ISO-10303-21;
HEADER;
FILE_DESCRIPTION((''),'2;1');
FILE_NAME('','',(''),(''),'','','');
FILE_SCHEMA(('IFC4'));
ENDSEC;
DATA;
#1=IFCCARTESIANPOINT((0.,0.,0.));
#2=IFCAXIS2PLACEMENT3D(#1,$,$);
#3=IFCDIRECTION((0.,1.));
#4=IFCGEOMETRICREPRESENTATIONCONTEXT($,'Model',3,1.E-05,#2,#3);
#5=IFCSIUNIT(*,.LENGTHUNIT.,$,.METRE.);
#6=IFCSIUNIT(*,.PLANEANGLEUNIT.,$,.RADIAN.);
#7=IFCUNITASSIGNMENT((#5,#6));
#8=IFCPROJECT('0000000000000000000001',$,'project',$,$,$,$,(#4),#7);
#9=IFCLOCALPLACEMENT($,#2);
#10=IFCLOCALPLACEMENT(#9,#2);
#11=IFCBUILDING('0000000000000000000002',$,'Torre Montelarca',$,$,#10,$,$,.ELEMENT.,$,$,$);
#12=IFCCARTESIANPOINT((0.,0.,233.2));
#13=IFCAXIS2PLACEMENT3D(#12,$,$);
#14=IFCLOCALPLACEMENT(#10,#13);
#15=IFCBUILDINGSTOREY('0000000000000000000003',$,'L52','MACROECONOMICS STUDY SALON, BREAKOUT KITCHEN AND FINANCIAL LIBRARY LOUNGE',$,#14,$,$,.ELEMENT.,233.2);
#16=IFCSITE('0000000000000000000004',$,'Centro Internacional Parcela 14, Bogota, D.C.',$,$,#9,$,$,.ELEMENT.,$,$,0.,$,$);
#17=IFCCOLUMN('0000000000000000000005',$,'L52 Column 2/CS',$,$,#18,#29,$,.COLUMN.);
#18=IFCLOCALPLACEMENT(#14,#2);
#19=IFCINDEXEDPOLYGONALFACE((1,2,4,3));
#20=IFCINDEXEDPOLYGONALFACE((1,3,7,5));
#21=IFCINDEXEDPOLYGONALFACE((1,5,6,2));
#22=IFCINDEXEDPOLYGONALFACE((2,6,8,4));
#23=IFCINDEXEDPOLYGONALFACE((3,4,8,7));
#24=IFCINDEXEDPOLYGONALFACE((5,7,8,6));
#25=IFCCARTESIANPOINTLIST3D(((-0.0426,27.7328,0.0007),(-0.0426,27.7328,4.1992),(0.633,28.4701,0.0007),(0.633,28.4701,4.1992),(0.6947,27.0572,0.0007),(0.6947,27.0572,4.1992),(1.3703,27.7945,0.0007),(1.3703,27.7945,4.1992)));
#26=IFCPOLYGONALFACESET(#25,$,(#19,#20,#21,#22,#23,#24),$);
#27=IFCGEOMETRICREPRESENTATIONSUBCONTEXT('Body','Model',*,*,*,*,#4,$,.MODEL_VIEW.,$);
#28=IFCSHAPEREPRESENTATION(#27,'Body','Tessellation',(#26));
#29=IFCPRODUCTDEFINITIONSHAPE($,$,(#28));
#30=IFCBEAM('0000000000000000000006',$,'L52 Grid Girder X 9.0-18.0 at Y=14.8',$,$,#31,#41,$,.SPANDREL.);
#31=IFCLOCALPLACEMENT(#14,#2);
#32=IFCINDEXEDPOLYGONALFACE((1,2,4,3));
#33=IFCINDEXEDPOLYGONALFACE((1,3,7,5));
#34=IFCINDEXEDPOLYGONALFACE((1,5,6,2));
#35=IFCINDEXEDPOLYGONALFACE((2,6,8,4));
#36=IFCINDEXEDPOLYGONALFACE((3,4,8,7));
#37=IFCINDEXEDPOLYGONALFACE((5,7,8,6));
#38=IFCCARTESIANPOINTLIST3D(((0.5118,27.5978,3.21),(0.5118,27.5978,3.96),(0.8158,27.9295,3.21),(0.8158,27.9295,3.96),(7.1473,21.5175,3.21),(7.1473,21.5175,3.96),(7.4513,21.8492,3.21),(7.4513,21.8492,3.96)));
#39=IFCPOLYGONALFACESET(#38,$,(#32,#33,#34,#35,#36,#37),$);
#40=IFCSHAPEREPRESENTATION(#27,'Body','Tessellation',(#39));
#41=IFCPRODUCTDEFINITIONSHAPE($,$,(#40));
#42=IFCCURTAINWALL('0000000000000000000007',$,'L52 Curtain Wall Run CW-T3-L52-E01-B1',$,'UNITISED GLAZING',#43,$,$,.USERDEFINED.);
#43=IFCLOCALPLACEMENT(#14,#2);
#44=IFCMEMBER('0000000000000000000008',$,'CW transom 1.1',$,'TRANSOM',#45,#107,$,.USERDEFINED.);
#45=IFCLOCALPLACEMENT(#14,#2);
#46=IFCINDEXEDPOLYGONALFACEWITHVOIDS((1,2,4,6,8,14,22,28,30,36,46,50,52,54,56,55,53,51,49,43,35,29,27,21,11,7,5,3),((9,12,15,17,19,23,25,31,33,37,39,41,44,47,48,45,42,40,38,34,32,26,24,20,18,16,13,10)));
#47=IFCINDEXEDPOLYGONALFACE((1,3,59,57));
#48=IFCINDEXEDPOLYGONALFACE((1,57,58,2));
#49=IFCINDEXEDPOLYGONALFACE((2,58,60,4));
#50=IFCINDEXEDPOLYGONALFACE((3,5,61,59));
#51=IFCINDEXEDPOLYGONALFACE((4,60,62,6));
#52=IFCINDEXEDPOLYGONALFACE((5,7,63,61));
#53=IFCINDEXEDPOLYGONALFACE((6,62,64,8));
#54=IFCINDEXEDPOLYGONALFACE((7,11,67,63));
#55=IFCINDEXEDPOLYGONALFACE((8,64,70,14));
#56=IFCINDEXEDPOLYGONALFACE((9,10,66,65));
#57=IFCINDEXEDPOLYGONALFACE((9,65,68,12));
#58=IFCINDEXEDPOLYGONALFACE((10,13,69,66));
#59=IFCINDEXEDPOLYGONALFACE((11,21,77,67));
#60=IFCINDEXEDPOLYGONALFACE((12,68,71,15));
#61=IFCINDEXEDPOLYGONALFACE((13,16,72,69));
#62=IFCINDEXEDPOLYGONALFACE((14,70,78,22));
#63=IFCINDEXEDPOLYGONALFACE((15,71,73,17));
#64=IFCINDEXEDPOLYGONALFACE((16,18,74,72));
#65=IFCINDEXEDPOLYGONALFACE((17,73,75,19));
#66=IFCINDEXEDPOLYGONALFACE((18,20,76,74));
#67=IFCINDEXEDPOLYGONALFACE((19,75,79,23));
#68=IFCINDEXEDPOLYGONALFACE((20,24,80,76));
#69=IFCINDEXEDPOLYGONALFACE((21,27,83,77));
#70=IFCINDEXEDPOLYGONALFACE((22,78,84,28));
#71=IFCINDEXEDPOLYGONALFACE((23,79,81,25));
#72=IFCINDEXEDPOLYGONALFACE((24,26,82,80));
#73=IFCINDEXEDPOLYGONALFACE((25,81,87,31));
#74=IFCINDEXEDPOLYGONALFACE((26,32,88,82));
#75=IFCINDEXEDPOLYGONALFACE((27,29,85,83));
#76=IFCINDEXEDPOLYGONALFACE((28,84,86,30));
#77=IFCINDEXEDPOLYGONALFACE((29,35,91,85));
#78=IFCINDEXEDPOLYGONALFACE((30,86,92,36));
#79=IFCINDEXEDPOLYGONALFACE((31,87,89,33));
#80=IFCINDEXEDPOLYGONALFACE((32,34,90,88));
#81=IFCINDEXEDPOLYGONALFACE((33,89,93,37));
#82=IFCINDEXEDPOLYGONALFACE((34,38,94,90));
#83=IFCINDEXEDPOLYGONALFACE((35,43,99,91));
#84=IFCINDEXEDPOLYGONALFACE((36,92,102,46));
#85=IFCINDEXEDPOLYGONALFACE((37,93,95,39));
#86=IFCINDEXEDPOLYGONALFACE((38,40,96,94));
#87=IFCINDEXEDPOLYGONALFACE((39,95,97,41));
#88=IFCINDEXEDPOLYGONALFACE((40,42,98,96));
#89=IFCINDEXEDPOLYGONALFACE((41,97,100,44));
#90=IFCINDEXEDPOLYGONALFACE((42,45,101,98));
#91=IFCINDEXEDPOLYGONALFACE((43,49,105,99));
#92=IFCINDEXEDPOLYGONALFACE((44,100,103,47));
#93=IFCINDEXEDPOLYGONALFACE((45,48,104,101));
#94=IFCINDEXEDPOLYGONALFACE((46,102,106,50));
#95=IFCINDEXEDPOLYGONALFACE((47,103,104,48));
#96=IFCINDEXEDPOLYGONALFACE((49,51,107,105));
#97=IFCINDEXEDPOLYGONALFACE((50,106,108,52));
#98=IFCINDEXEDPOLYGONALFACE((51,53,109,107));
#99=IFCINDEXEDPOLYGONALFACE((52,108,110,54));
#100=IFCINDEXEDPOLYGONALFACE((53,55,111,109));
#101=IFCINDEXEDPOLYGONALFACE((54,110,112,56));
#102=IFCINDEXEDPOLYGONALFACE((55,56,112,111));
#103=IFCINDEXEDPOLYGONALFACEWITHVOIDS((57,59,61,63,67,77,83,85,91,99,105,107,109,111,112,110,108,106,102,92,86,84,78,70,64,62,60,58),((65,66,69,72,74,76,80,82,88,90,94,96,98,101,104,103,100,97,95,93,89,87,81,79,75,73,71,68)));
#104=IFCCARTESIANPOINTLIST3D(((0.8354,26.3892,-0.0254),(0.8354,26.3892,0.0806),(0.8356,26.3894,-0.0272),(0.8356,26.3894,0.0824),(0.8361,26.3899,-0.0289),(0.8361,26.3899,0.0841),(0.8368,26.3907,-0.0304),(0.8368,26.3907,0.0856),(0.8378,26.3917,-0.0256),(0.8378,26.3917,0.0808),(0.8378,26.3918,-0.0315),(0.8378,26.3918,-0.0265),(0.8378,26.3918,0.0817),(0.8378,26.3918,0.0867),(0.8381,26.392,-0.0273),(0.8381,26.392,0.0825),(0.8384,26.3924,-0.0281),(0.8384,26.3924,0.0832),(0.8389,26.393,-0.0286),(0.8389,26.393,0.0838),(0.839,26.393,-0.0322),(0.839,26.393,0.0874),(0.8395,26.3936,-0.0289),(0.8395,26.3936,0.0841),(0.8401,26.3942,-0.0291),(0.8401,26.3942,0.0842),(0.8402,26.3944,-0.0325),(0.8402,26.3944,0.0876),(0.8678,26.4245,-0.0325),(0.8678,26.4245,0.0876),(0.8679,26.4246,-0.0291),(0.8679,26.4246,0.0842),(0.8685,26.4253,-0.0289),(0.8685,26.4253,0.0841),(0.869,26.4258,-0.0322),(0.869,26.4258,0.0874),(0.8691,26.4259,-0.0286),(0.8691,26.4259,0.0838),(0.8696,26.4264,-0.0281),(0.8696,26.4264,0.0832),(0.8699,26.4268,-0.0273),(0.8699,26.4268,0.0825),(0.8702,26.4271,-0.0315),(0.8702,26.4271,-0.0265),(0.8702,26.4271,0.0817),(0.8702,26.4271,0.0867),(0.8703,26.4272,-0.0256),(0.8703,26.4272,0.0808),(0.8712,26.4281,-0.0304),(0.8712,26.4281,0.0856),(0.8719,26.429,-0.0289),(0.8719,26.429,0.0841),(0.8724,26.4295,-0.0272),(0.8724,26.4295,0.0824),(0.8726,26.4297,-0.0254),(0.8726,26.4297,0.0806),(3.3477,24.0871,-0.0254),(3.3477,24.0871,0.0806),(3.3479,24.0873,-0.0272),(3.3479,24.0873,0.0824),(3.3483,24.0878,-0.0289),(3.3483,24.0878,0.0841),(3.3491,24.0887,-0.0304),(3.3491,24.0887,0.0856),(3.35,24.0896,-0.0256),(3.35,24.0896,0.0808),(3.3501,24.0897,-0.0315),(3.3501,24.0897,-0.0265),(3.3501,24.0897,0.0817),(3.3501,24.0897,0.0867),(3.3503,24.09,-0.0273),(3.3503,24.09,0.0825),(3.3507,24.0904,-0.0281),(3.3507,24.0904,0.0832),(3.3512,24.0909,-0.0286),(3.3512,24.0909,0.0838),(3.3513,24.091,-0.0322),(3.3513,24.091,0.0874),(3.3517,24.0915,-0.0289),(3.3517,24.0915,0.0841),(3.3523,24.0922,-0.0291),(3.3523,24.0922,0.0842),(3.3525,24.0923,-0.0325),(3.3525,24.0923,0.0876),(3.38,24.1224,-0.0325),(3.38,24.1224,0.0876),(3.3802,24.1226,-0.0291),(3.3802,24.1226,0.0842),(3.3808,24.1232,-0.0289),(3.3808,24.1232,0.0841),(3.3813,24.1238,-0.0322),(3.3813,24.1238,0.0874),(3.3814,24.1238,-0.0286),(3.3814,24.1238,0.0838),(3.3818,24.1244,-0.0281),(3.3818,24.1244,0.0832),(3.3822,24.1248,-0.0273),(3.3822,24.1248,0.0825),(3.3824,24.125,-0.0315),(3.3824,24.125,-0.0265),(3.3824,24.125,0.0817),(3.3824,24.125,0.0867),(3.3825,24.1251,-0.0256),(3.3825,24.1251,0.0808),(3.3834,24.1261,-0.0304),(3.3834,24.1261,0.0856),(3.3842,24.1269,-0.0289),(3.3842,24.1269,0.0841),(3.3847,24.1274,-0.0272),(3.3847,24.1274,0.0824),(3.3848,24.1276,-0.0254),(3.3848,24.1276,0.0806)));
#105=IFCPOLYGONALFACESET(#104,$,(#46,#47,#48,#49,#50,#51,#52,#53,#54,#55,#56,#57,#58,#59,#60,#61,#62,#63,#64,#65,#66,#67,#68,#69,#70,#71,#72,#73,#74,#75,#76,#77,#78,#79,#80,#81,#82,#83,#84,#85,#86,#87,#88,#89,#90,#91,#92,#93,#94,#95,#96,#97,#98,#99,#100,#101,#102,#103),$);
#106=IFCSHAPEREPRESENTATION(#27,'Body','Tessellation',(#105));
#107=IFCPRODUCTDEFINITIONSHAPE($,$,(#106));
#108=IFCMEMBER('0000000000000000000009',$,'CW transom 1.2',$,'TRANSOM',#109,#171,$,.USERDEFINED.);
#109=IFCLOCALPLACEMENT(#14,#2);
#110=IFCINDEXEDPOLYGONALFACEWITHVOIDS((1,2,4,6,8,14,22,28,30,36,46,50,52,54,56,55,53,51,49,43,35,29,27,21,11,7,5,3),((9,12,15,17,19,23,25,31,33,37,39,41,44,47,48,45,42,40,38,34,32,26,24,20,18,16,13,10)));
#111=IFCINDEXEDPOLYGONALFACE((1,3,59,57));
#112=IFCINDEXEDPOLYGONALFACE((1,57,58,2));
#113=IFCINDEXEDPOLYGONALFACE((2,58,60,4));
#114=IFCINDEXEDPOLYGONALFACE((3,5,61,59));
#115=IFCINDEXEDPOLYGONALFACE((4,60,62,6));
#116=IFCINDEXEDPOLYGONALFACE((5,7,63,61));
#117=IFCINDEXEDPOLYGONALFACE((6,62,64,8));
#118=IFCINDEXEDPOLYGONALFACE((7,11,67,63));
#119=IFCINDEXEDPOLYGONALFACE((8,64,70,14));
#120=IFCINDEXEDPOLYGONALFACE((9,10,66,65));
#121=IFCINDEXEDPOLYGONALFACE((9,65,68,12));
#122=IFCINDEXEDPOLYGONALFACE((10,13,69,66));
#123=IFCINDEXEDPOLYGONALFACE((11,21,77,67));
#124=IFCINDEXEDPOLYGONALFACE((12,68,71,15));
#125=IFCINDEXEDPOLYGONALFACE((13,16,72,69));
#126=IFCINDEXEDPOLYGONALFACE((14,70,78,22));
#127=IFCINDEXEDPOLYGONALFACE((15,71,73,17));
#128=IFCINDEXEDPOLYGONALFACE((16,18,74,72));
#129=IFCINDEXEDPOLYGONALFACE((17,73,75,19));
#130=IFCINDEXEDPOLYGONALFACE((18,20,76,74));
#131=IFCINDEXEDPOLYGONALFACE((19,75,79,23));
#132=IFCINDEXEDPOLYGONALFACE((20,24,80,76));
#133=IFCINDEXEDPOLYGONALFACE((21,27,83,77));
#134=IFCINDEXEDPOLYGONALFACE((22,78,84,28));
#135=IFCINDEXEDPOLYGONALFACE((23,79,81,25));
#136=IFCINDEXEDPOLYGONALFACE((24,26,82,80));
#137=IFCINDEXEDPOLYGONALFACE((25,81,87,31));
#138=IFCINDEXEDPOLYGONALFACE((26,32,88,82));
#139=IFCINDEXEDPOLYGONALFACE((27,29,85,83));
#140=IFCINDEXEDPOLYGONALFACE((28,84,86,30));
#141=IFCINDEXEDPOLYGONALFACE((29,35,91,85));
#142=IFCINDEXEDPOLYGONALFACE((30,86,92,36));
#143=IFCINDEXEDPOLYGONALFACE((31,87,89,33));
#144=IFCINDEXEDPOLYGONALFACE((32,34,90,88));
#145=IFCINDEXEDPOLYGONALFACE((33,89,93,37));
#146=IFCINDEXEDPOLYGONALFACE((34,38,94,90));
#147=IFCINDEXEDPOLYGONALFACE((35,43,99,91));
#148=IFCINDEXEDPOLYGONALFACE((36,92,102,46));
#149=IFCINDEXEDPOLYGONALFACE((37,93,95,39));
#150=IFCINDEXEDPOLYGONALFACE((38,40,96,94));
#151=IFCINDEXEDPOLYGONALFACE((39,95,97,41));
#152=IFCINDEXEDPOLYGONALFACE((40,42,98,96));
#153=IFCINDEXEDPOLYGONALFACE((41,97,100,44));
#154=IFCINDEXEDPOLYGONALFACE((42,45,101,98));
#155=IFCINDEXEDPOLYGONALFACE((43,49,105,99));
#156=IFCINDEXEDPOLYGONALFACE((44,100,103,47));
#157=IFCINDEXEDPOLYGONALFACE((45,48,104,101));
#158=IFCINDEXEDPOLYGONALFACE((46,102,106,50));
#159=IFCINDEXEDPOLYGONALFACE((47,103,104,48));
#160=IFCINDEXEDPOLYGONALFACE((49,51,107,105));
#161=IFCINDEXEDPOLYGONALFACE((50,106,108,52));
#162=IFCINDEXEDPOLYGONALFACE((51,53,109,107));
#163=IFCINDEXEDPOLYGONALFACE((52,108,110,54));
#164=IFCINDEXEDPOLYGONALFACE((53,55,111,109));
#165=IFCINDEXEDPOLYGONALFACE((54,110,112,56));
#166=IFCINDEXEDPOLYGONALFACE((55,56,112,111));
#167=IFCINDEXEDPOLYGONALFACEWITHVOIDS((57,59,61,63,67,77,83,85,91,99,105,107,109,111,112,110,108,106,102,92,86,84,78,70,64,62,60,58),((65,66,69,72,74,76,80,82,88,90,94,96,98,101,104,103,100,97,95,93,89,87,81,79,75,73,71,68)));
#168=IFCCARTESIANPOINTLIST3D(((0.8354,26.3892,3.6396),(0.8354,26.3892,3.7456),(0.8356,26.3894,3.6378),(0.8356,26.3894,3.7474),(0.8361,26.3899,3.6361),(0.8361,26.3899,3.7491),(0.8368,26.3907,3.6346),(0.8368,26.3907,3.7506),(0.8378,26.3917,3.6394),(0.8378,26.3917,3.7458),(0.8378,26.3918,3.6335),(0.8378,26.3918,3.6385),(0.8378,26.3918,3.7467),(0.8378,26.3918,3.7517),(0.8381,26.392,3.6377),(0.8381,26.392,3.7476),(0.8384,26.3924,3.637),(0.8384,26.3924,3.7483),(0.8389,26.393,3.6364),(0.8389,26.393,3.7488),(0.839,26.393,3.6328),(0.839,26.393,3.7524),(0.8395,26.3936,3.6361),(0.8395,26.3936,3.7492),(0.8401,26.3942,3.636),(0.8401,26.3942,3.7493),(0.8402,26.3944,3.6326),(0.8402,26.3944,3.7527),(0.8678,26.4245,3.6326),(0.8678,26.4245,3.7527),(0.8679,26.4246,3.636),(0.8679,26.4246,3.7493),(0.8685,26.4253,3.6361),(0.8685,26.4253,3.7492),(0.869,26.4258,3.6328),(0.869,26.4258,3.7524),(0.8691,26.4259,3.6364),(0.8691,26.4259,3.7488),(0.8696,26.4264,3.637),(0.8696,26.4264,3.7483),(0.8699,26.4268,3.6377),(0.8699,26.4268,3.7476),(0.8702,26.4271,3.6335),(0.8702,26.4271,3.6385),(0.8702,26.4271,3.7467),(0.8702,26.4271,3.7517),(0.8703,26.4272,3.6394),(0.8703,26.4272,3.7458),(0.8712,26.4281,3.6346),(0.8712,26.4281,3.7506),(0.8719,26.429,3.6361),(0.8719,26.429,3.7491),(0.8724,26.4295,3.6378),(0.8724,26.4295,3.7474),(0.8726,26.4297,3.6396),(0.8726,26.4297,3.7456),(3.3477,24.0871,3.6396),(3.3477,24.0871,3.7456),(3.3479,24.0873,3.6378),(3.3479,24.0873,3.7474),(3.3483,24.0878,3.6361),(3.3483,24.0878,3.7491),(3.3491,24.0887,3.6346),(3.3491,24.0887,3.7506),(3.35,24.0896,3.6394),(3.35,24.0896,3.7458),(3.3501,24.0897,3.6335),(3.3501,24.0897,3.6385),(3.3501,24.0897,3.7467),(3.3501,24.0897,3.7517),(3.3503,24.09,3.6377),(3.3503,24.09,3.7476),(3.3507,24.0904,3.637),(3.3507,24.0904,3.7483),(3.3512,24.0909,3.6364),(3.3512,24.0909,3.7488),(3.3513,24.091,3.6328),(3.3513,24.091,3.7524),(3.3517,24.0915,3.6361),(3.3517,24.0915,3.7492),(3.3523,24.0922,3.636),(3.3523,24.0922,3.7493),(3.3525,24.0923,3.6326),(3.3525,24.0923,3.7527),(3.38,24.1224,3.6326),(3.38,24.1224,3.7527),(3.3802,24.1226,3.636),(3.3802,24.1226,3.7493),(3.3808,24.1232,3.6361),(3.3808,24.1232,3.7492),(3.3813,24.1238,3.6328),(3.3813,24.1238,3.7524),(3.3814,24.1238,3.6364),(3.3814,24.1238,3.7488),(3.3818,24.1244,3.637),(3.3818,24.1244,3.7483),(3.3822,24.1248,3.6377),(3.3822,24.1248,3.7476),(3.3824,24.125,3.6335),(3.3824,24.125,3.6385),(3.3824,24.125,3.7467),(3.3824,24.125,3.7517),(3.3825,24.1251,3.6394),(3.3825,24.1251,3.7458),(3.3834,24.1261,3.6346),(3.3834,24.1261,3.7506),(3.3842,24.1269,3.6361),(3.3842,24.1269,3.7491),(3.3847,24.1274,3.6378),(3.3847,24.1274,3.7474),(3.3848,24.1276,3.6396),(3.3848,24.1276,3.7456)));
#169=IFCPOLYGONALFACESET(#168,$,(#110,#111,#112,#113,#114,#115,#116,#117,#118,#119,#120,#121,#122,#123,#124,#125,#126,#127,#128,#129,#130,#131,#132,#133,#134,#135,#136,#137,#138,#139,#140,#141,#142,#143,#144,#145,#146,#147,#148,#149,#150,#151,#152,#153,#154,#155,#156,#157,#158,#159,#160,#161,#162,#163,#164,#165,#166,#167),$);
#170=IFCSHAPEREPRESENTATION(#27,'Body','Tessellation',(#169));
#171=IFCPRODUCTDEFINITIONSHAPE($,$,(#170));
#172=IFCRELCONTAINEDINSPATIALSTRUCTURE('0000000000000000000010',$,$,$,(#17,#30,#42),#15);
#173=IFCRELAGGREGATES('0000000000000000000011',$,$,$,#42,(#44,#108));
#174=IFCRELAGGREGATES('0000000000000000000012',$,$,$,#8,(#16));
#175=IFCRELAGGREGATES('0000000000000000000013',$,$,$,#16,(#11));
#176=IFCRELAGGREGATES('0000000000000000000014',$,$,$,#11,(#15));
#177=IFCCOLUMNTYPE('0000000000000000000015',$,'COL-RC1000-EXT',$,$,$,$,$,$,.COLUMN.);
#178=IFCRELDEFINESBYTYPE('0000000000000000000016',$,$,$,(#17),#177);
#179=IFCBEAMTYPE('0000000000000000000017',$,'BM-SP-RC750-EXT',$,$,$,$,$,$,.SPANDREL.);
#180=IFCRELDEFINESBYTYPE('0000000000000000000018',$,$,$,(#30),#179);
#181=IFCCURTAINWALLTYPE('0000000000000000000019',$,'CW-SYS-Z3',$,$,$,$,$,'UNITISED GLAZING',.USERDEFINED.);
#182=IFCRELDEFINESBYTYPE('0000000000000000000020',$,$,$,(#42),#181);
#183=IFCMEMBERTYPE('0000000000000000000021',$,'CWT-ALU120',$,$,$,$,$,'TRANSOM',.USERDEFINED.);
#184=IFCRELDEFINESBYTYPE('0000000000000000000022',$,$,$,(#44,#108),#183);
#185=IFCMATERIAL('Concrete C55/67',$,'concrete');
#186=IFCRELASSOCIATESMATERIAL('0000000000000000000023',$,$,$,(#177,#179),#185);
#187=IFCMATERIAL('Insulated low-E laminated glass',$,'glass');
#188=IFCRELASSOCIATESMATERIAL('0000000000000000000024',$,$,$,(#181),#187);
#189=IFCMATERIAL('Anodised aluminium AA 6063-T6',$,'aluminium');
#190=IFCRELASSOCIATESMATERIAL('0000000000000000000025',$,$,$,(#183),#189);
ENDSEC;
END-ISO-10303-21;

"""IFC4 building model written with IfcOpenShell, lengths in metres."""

from ifc_helpers import new_model, si_unit, direction, frame, origin, origin_2d, place, context, subcontext, project, spatial, rectangle, hollow_rectangle, extrude, source, transform, mapped, material, material_profile, profile_set, type_object, element, aggregate, save


model = new_model("IFC4")

# Units and contexts
model_context = context("Model", 3, precision=1e-05, world=origin(), true_north=direction((0.0, 1.0)))
body_context = subcontext(model_context, "Body", "Model", "MODEL_VIEW")
ifc_project = project(units=[si_unit("LENGTHUNIT", "METRE"), si_unit("PLANEANGLEUNIT", "RADIAN")], contexts=[model_context])

# Site, building, storey
site_placement = place(None, origin())
site = spatial("IfcSite", under=ifc_project, at=site_placement, Name="Centro Internacional Parcela 14, Bogota, D.C.", CompositionType="ELEMENT", RefElevation=0.0)
building_placement = place(site_placement, origin())
building = spatial("IfcBuilding", under=site, at=building_placement, Name="Torre Montelarca", CompositionType="ELEMENT")
storey_placement = place(building_placement, frame((0.0, 0.0, 233.2)))
storey = spatial("IfcBuildingStorey", under=building, at=storey_placement, Name="L52", Description="MACROECONOMICS STUDY SALON, BREAKOUT KITCHEN AND FINANCIAL LIBRARY LOUNGE", CompositionType="ELEMENT", Elevation=233.2)

# Column
ifc_material_1 = material(Name="Concrete C55/67", Category="concrete")
ifc_material_profile_1 = material_profile(ifc_material_1, rectangle(XDim=1.0, YDim=1.0, at=origin_2d()), Name="RC1000X1000", Category="concrete")
ifc_profile_set_1 = profile_set([ifc_material_profile_1], Name="Concrete C55/67")
column_type = type_object("IfcColumnType", Name="COL-RC1000-EXT", PredefinedType="COLUMN", material=ifc_profile_set_1)
shared_shape_1 = source(origin(), body_context, "Body", "SweptSolid", [
    extrude(rectangle(XDim=1.0, YDim=1.0, at=origin_2d()), origin(), (0.0, 0.0, 1.0), 4.1985),
])
column_placement = place(storey_placement, frame((0.6638, 27.7637, 0.0007), z_axis=(0.0, 0.0, 1.0), x_axis=(-0.737277, 0.67559, 0.0)))
element("IfcColumn", 1, at=column_placement, inside=storey, type_object=column_type, Name="L52 Column 2/CS", PredefinedType="COLUMN", context=body_context, shape_type="MappedRepresentation", body=[
    mapped(shared_shape_1, transform((0.0, 0.0, 0.0), scale=1.0)),
])

# Beam
ifc_material_profile_2 = material_profile(ifc_material_1, rectangle(XDim=0.45, YDim=0.75, at=origin_2d()), Name="RCB450X750", Category="concrete")
ifc_profile_set_2 = profile_set([ifc_material_profile_2], Name="Concrete C55/67")
beam_type = type_object("IfcBeamType", Name="BM-SP-RC750-EXT", PredefinedType="SPANDREL", material=ifc_profile_set_2)
shared_shape_2 = source(origin(), body_context, "Body", "SweptSolid", [
    extrude(rectangle(XDim=0.45, YDim=0.75, at=origin_2d()), origin(), (0.0, 0.0, 1.0), 9.0),
])
beam_placement = place(storey_placement, frame((0.6638, 27.7637, 3.585), z_axis=(0.737277, -0.675591, 0.0), x_axis=(0.675591, 0.737277, 0.0)))
element("IfcBeam", 2, at=beam_placement, inside=storey, type_object=beam_type, Name="L52 Grid Girder X 9.0-18.0 at Y=14.8", PredefinedType="SPANDREL", context=body_context, shape_type="MappedRepresentation", body=[
    mapped(shared_shape_2, transform((0.0, 0.0, 0.0), scale=1.0)),
])

# Curtain wall, members
ifc_material_2 = material(Name="Insulated low-E laminated glass", Category="glass")
curtain_wall_type = type_object("IfcCurtainWallType", Name="CW-SYS-Z3", ElementType="UNITISED GLAZING", PredefinedType="USERDEFINED", material=ifc_material_2)
curtain_wall_1_placement = place(storey_placement, origin())
curtain_wall_1 = element("IfcCurtainWall", 3, at=curtain_wall_1_placement, inside=storey, type_object=curtain_wall_type, Name="L52 Curtain Wall Run CW-T3-L52-E01-B1", ObjectType="UNITISED GLAZING", PredefinedType="USERDEFINED")
ifc_material_3 = material(Name="Anodised aluminium AA 6063-T6", Category="aluminium")
ifc_material_profile_3 = material_profile(ifc_material_3, hollow_rectangle(XDim=0.0549, YDim=0.1201, WallThickness=0.0034, InnerFilletRadius=0.0034, OuterFilletRadius=0.0071, at=origin_2d()), Name="ALU55X120X3.5", Category="aluminium")
ifc_profile_set_3 = profile_set([ifc_material_profile_3], Name="Anodised aluminium AA 6063-T6")
member_type_1 = type_object("IfcMemberType", Name="CWT-ALU120", ElementType="TRANSOM", PredefinedType="USERDEFINED", material=ifc_profile_set_3)
shared_shape_3 = source(origin(), body_context, "Body", "SweptSolid", [
    extrude(hollow_rectangle(XDim=0.0549, YDim=0.1201, WallThickness=0.0034, InnerFilletRadius=0.0034, OuterFilletRadius=0.0071, at=origin_2d()), origin(), (0.0, 0.0, 1.0), 3.4075),
])
member_1_placement = place(storey_placement, frame((0.854, 26.4094, 0.0276), z_axis=(0.737279, -0.675588, 0.0), x_axis=(0.675588, 0.737279, 0.0)))
member_1 = element("IfcMember", 4, at=member_1_placement, type_object=member_type_1, Name="CW transom 1.1", ObjectType="TRANSOM", PredefinedType="USERDEFINED", context=body_context, shape_type="MappedRepresentation", body=[
    mapped(shared_shape_3, transform((0.0, 0.0, 0.0), scale=1.0)),
])
member_2_placement = place(storey_placement, frame((0.854, 26.4094, 3.6926), z_axis=(0.737279, -0.675588, 0.0), x_axis=(0.675588, 0.737279, 0.0)))
member_2 = element("IfcMember", 5, at=member_2_placement, type_object=member_type_1, Name="CW transom 1.2", ObjectType="TRANSOM", PredefinedType="USERDEFINED", context=body_context, shape_type="MappedRepresentation", body=[
    mapped(shared_shape_3, transform((0.0, 0.0, 0.0), scale=1.0)),
])

aggregate(curtain_wall_1, [member_1, member_2])

save(model, "model.ifc")
